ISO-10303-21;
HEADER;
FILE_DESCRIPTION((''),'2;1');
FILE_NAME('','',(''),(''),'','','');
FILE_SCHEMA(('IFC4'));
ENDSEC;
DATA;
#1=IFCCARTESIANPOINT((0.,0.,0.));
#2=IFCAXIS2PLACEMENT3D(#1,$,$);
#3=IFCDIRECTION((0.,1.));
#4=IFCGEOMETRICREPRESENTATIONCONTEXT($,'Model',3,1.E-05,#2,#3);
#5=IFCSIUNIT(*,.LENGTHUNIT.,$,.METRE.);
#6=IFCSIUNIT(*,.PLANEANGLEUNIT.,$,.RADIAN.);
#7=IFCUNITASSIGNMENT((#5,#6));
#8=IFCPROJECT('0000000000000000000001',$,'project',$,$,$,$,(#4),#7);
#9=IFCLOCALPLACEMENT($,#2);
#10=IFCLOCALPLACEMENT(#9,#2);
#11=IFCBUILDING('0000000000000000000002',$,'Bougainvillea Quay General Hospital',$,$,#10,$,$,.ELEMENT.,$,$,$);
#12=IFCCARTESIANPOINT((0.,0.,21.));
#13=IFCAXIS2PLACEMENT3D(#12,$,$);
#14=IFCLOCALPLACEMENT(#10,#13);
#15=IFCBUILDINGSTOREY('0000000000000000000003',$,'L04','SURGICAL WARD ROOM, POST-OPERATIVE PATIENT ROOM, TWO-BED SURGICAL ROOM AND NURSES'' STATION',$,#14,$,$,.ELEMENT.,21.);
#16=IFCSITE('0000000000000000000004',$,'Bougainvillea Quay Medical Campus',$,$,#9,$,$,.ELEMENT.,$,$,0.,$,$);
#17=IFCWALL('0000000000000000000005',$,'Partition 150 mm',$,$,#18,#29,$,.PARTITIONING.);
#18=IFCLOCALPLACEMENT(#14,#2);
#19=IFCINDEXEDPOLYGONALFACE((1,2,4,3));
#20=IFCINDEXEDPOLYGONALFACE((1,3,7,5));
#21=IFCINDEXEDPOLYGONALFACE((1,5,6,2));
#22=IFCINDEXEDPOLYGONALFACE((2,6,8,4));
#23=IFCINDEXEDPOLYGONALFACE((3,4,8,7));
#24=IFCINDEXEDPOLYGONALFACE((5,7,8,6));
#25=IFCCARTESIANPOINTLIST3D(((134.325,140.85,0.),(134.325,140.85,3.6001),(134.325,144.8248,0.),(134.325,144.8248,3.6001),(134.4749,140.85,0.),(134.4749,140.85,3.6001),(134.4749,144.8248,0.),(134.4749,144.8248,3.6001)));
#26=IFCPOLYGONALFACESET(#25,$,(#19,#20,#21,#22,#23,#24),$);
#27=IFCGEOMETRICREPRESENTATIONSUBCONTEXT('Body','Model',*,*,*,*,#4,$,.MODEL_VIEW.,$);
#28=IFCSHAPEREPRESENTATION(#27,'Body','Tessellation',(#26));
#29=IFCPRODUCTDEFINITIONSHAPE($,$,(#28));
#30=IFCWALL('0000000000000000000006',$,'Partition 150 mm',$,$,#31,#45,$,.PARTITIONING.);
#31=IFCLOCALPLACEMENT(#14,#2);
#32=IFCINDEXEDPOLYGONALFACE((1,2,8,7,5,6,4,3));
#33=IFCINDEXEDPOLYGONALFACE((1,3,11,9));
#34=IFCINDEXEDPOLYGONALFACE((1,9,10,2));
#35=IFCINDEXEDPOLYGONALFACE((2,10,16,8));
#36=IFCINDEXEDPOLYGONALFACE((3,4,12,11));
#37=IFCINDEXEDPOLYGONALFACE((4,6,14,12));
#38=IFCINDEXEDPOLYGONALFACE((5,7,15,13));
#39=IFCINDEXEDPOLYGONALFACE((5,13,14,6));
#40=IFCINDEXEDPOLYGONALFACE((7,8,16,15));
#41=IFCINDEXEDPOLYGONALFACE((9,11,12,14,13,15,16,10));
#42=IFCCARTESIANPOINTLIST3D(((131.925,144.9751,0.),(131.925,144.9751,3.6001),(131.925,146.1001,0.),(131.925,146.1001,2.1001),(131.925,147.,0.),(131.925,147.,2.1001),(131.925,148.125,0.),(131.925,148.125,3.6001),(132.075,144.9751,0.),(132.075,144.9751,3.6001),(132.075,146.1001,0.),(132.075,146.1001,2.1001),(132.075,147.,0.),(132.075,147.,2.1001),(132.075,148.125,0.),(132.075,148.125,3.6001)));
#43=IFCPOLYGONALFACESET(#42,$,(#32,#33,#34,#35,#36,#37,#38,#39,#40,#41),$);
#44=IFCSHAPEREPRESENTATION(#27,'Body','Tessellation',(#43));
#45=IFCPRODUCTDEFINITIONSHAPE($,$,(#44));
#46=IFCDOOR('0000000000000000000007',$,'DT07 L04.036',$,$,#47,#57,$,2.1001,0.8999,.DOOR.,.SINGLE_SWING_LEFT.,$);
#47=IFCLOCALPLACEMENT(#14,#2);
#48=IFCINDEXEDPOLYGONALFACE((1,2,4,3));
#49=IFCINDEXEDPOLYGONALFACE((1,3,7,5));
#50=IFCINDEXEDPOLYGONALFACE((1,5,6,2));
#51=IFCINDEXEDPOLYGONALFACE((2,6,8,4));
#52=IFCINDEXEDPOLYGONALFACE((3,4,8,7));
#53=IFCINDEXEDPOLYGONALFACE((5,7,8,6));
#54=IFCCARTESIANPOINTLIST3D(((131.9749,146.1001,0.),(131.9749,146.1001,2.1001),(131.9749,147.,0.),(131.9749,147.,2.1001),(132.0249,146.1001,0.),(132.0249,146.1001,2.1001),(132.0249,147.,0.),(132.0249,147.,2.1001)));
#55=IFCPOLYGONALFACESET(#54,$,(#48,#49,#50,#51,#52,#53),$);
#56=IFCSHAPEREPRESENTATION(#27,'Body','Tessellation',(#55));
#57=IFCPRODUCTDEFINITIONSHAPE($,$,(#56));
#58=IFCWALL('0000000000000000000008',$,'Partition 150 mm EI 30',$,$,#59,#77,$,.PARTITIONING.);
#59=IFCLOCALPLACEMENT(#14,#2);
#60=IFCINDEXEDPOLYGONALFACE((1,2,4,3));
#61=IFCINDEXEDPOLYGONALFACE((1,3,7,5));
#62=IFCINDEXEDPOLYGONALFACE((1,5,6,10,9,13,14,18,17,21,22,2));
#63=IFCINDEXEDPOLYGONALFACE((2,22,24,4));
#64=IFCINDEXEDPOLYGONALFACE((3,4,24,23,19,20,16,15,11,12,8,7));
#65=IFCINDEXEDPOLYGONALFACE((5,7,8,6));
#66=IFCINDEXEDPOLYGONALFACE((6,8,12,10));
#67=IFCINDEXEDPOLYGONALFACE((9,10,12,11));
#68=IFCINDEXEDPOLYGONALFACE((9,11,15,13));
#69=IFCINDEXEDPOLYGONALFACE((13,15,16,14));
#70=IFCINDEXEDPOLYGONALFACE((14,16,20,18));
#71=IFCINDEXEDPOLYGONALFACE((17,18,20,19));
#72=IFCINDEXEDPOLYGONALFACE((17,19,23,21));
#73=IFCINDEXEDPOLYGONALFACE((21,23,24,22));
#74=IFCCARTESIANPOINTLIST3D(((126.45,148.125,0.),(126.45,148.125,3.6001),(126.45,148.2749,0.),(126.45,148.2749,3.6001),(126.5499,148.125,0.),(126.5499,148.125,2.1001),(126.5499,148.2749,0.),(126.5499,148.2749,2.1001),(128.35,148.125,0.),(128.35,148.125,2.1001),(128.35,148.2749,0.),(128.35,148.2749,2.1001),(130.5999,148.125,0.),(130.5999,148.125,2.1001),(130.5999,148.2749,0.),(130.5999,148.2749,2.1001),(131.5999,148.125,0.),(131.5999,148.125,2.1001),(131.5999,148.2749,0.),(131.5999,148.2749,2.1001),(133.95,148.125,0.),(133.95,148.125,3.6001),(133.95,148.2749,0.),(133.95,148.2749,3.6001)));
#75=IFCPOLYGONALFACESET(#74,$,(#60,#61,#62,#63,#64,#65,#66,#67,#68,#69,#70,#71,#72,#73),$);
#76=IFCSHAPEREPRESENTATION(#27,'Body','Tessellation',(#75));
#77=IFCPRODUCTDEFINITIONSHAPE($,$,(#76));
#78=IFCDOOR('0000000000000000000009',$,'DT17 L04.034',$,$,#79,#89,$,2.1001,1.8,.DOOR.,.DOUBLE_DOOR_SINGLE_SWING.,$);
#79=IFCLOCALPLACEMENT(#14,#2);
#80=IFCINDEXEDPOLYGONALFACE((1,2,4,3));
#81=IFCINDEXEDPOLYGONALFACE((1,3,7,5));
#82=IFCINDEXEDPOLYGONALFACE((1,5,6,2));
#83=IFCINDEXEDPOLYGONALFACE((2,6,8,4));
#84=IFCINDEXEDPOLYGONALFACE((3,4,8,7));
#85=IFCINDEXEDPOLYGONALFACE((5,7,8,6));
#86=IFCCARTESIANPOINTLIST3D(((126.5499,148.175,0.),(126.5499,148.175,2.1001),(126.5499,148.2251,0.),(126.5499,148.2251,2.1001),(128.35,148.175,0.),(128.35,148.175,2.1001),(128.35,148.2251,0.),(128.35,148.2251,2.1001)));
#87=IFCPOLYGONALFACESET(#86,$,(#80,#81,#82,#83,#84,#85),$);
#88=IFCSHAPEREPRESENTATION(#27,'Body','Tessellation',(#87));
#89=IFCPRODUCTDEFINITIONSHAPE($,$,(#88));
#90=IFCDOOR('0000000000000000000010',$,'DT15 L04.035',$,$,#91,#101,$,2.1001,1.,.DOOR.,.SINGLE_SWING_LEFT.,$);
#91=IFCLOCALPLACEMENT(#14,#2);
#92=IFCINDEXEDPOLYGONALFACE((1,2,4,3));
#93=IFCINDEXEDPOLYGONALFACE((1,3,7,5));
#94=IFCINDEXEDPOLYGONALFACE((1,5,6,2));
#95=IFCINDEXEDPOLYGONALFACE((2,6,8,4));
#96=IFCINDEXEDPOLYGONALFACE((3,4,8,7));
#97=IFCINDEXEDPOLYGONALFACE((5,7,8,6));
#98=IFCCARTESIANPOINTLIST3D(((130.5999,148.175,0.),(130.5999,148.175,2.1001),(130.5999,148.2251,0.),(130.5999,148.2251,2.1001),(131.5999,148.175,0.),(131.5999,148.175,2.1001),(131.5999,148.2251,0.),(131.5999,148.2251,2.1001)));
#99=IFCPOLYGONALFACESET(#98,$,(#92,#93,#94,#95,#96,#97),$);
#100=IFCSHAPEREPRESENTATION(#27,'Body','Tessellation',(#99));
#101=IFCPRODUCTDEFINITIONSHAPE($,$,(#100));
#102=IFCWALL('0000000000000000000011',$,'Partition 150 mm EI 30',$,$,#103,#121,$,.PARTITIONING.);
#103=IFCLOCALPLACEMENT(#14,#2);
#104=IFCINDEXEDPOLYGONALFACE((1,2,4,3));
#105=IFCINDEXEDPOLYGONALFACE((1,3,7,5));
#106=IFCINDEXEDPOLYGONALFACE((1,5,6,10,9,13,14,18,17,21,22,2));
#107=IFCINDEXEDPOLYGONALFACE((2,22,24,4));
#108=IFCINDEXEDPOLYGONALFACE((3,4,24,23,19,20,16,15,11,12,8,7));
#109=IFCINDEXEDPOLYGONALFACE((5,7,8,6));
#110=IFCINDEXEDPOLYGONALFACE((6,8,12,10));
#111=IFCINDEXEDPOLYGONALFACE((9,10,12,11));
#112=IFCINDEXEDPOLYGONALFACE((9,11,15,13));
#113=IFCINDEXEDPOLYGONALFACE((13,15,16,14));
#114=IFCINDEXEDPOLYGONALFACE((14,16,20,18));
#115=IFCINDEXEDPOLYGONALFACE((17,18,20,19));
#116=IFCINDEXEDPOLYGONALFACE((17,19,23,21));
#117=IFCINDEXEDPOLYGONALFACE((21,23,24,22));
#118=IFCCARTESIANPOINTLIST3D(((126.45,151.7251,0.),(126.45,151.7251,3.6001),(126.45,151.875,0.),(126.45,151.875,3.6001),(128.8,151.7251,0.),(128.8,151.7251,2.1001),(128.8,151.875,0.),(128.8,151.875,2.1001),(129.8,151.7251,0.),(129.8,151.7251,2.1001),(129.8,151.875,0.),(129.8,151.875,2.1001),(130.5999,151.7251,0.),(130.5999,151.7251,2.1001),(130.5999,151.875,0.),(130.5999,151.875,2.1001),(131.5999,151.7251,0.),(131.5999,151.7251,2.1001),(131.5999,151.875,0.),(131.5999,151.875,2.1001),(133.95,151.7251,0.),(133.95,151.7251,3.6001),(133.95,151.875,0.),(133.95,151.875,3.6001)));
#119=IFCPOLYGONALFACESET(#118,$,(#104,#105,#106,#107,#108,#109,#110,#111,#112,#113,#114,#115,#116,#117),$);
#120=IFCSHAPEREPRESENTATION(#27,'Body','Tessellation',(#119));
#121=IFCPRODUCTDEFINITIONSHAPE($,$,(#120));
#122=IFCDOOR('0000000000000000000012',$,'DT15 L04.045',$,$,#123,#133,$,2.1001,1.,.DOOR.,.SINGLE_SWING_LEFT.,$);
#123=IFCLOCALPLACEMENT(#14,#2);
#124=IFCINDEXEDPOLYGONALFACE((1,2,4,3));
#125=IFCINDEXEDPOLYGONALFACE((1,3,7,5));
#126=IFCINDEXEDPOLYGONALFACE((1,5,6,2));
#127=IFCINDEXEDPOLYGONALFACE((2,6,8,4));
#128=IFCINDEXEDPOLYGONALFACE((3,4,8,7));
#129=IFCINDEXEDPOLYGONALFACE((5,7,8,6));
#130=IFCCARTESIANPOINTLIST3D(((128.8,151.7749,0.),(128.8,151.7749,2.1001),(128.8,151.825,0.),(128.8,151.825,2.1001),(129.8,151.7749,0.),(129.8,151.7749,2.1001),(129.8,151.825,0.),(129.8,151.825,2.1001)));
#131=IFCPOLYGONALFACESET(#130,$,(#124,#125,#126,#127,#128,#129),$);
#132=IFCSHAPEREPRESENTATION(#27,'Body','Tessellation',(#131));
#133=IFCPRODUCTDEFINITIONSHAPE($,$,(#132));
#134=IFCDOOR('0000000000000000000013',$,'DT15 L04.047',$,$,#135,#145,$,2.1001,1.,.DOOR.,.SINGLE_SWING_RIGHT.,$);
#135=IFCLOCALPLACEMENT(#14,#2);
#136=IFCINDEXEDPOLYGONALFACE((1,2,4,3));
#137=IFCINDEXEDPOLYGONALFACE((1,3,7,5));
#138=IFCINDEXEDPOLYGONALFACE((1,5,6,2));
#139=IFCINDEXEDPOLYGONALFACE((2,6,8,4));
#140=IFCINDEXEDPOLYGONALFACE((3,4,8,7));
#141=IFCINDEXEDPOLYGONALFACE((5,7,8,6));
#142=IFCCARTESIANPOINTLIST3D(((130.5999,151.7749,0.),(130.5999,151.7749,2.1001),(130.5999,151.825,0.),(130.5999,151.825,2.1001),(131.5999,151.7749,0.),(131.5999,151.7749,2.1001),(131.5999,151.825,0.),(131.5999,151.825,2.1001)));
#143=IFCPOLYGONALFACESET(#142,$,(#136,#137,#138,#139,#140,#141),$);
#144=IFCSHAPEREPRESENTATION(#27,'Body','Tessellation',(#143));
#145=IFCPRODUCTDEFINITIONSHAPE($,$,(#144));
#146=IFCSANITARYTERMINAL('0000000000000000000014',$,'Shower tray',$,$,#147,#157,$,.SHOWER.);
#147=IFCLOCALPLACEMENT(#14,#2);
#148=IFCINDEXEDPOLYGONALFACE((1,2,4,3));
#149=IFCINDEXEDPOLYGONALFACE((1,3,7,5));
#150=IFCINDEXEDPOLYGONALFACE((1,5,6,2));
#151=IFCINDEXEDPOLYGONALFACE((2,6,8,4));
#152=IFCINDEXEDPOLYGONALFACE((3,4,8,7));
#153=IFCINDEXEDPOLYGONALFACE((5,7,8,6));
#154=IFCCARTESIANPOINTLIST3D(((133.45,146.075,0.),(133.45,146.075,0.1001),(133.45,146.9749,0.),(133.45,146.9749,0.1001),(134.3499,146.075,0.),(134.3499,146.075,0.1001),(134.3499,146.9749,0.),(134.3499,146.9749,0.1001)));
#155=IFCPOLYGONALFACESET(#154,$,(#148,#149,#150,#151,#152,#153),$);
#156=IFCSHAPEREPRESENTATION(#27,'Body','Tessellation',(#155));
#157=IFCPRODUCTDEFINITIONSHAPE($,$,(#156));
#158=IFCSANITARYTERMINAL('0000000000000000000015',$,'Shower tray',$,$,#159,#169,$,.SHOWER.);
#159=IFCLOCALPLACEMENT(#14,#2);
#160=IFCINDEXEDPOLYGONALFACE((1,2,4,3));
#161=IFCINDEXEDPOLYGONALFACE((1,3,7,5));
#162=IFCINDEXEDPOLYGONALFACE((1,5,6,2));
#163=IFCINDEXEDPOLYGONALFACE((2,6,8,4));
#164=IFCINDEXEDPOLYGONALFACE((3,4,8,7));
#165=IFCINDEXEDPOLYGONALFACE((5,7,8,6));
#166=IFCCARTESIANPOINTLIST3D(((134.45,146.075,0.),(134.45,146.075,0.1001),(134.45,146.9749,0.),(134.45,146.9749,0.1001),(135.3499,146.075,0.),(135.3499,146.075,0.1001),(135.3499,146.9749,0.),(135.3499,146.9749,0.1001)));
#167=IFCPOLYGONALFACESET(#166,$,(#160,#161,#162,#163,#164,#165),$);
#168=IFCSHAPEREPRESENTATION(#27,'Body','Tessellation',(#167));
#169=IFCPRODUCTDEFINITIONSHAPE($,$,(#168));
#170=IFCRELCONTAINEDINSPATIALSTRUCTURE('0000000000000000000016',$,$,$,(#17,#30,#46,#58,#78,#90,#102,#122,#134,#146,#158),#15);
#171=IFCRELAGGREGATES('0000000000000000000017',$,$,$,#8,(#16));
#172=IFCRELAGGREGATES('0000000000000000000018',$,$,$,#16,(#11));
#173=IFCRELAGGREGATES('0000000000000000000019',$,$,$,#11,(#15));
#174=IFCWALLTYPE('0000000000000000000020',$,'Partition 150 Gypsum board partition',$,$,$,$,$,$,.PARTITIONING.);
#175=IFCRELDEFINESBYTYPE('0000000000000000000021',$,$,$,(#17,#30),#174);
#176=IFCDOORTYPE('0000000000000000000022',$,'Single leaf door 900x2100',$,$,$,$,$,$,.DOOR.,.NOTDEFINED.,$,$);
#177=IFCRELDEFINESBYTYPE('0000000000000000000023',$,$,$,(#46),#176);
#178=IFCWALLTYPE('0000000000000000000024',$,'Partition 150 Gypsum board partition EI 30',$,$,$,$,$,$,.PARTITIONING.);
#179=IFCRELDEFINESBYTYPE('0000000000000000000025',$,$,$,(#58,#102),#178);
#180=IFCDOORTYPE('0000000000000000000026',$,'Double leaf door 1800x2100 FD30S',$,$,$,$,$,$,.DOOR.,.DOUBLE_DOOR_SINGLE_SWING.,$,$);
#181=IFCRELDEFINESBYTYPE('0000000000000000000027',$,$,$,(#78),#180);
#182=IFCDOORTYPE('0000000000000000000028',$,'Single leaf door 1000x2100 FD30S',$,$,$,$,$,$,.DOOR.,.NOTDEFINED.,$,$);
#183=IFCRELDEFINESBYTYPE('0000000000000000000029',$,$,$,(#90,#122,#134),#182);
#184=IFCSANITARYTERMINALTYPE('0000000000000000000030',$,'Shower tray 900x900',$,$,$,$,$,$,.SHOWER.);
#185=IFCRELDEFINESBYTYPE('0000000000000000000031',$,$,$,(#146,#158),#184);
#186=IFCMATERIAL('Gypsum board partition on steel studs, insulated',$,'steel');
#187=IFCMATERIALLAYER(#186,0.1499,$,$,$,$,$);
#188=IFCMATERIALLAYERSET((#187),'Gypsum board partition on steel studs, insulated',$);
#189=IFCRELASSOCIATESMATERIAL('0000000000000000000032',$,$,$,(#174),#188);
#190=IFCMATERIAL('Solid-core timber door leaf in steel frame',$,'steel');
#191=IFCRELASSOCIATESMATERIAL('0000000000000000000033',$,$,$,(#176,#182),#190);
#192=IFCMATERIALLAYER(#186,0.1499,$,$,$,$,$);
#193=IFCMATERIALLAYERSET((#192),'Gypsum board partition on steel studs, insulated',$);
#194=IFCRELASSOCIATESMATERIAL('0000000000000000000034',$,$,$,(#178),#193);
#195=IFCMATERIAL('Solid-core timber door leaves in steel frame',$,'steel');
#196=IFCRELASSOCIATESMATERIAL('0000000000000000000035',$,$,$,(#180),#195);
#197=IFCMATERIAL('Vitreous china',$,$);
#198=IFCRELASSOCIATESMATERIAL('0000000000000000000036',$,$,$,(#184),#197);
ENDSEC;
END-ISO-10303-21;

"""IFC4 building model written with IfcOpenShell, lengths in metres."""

from ifc_helpers import new_model, si_unit, direction, frame, frame_2d, origin, origin_2d, place, context, subcontext, project, spatial, rectangle, extrude, material, layer, layer_set, type_object, element, fill, save


model = new_model("IFC4")

# Units and contexts
model_context = context("Model", 3, precision=1e-05, world=origin(), true_north=direction((0.0, 1.0)))
body_context = subcontext(model_context, "Body", "Model", "MODEL_VIEW")
ifc_project = project(units=[si_unit("LENGTHUNIT", "METRE"), si_unit("PLANEANGLEUNIT", "RADIAN")], contexts=[model_context])

# Site, building, storey
site_placement = place(None, origin())
site = spatial("IfcSite", under=ifc_project, at=site_placement, Name="Bougainvillea Quay Medical Campus", CompositionType="ELEMENT", RefElevation=0.0)
building_placement = place(site_placement, origin())
building = spatial("IfcBuilding", under=site, at=building_placement, Name="Bougainvillea Quay General Hospital", CompositionType="ELEMENT")
storey_placement = place(building_placement, frame((0.0, 0.0, 21.0)))
storey = spatial("IfcBuildingStorey", under=building, at=storey_placement, Name="L04", Description="SURGICAL WARD ROOM, POST-OPERATIVE PATIENT ROOM, TWO-BED SURGICAL ROOM AND NURSES' STATION", CompositionType="ELEMENT", Elevation=21.0)

# Wall
ifc_material_1 = material(Name="Gypsum board partition on steel studs, insulated", Category="steel")
ifc_layer_1 = layer(ifc_material_1, 0.1499)
ifc_layer_set_1 = layer_set([ifc_layer_1], Name="Gypsum board partition on steel studs, insulated")
wall_type_1 = type_object("IfcWallType", Name="Partition 150 Gypsum board partition", PredefinedType="PARTITIONING", material=ifc_layer_set_1)
wall_1_placement = place(storey_placement, frame((134.3999, 140.8501, 0.0), z_axis=(0.0, 0.0, 1.0), x_axis=(0.0, 1.0, 0.0)))
element("IfcWall", 1, at=wall_1_placement, inside=storey, type_object=wall_type_1, Name="Partition 150 mm", PredefinedType="PARTITIONING", context=body_context, shape_type="SweptSolid", body=[
    extrude(rectangle(XDim=3.9749, YDim=0.1499, at=frame_2d((1.9873, 0.0))), origin(), (0.0, 0.0, 1.0), 3.6001),
])

# Wall, opening, door
wall_2_placement = place(storey_placement, frame((132.0, 144.9751, 0.0), z_axis=(0.0, 0.0, 1.0), x_axis=(0.0, 1.0, 0.0)))
wall_2 = element("IfcWall", 2, at=wall_2_placement, inside=storey, type_object=wall_type_1, Name="Partition 150 mm", PredefinedType="PARTITIONING", context=body_context, shape_type="SweptSolid", body=[
    extrude(rectangle(XDim=3.1499, YDim=0.1499, at=frame_2d((1.575, 0.0))), origin(), (0.0, 0.0, 1.0), 3.6001),
])
opening_1_placement = place(wall_2_placement, frame((1.125, 0.0, 0.0)))
opening_1 = element("IfcOpeningElement", 3, at=opening_1_placement, cuts=wall_2, PredefinedType="OPENING", context=body_context, shape_type="SweptSolid", body=[
    extrude(rectangle(XDim=0.8999, YDim=2.1001, at=frame_2d((0.45, 1.05))), frame((0.0, 0.085, 0.0), z_axis=(0.0, -1.0, 0.0), x_axis=(1.0, 0.0, 0.0)), (0.0, 0.0, 1.0), 0.1699),
])
ifc_material_2 = material(Name="Solid-core timber door leaf in steel frame", Category="steel")
door_type_1 = type_object("IfcDoorType", Name="Single leaf door 900x2100", OperationType="NOTDEFINED", PredefinedType="DOOR", material=ifc_material_2)
door_1_placement = place(opening_1_placement, frame((0.8999, 0.0, 0.0), z_axis=(0.0, 0.0, 1.0), x_axis=(-1.0, 0.0, 0.0)))
door_1 = element("IfcDoor", 4, at=door_1_placement, inside=storey, type_object=door_type_1, Name="DT07 L04.036", OperationType="SINGLE_SWING_LEFT", OverallHeight=2.1001, OverallWidth=0.8999, PredefinedType="DOOR", context=body_context, shape_type="SweptSolid", body=[
    extrude(rectangle(XDim=0.8999, YDim=2.1001, at=frame_2d((0.45, 1.05))), frame((0.0, 0.0249, 0.0), z_axis=(0.0, -1.0, 0.0), x_axis=(1.0, 0.0, 0.0)), (0.0, 0.0, 1.0), 0.05),
])
fill(opening_1, door_1)

# Walls, openings, doors
ifc_layer_2 = layer(ifc_material_1, 0.1499)
ifc_layer_set_2 = layer_set([ifc_layer_2], Name="Gypsum board partition on steel studs, insulated")
wall_type_2 = type_object("IfcWallType", Name="Partition 150 Gypsum board partition EI 30", PredefinedType="PARTITIONING", material=ifc_layer_set_2)
wall_3_placement = place(storey_placement, frame((133.95, 148.2, 0.0), z_axis=(0.0, 0.0, 1.0), x_axis=(-1.0, 0.0, 0.0)))
wall_3 = element("IfcWall", 5, at=wall_3_placement, inside=storey, type_object=wall_type_2, Name="Partition 150 mm EI 30", PredefinedType="PARTITIONING", context=body_context, shape_type="SweptSolid", body=[
    extrude(rectangle(XDim=7.5, YDim=0.1499, at=frame_2d((3.75, 0.0))), origin(), (0.0, 0.0, 1.0), 3.6001),
])
opening_2_placement = place(wall_3_placement, frame((5.6001, 0.0, 0.0)))
opening_2 = element("IfcOpeningElement", 6, at=opening_2_placement, cuts=wall_3, PredefinedType="OPENING", context=body_context, shape_type="SweptSolid", body=[
    extrude(rectangle(XDim=1.8, YDim=2.1001, at=frame_2d((0.8999, 1.05))), frame((0.0, 0.085, 0.0), z_axis=(0.0, -1.0, 0.0), x_axis=(1.0, 0.0, 0.0)), (0.0, 0.0, 1.0), 0.1699),
])
opening_3_placement = place(wall_3_placement, frame((2.3501, 0.0, 0.0)))
opening_3 = element("IfcOpeningElement", 7, at=opening_3_placement, cuts=wall_3, PredefinedType="OPENING", context=body_context, shape_type="SweptSolid", body=[
    extrude(rectangle(XDim=1.0, YDim=2.1001, at=frame_2d((0.5, 1.05))), frame((0.0, 0.085, 0.0), z_axis=(0.0, -1.0, 0.0), x_axis=(1.0, 0.0, 0.0)), (0.0, 0.0, 1.0), 0.1699),
])
ifc_material_3 = material(Name="Solid-core timber door leaves in steel frame", Category="steel")
door_type_2 = type_object("IfcDoorType", Name="Double leaf door 1800x2100 FD30S", OperationType="DOUBLE_DOOR_SINGLE_SWING", PredefinedType="DOOR", material=ifc_material_3)
door_2_placement = place(opening_2_placement, origin())
door_2 = element("IfcDoor", 8, at=door_2_placement, inside=storey, type_object=door_type_2, Name="DT17 L04.034", OperationType="DOUBLE_DOOR_SINGLE_SWING", OverallHeight=2.1001, OverallWidth=1.8, PredefinedType="DOOR", context=body_context, shape_type="SweptSolid", body=[
    extrude(rectangle(XDim=1.8, YDim=2.1001, at=frame_2d((0.8999, 1.05))), frame((0.0, 0.0249, 0.0), z_axis=(0.0, -1.0, 0.0), x_axis=(1.0, 0.0, 0.0)), (0.0, 0.0, 1.0), 0.05),
])
fill(opening_2, door_2)
door_type_3 = type_object("IfcDoorType", Name="Single leaf door 1000x2100 FD30S", OperationType="NOTDEFINED", PredefinedType="DOOR", material=ifc_material_2)
door_3_placement = place(opening_3_placement, origin())
door_3 = element("IfcDoor", 9, at=door_3_placement, inside=storey, type_object=door_type_3, Name="DT15 L04.035", OperationType="SINGLE_SWING_LEFT", OverallHeight=2.1001, OverallWidth=1.0, PredefinedType="DOOR", context=body_context, shape_type="SweptSolid", body=[
    extrude(rectangle(XDim=1.0, YDim=2.1001, at=frame_2d((0.5, 1.05))), frame((0.0, 0.0249, 0.0), z_axis=(0.0, -1.0, 0.0), x_axis=(1.0, 0.0, 0.0)), (0.0, 0.0, 1.0), 0.05),
])
fill(opening_3, door_3)
wall_4_placement = place(storey_placement, frame((133.95, 151.8, 0.0), z_axis=(0.0, 0.0, 1.0), x_axis=(-1.0, 0.0, 0.0)))
wall_4 = element("IfcWall", 10, at=wall_4_placement, inside=storey, type_object=wall_type_2, Name="Partition 150 mm EI 30", PredefinedType="PARTITIONING", context=body_context, shape_type="SweptSolid", body=[
    extrude(rectangle(XDim=7.5, YDim=0.1499, at=frame_2d((3.75, 0.0))), origin(), (0.0, 0.0, 1.0), 3.6001),
])
opening_4_placement = place(wall_4_placement, frame((4.1499, 0.0, 0.0)))
opening_4 = element("IfcOpeningElement", 11, at=opening_4_placement, cuts=wall_4, PredefinedType="OPENING", context=body_context, shape_type="SweptSolid", body=[
    extrude(rectangle(XDim=1.0, YDim=2.1001, at=frame_2d((0.5, 1.05))), frame((0.0, 0.085, 0.0), z_axis=(0.0, -1.0, 0.0), x_axis=(1.0, 0.0, 0.0)), (0.0, 0.0, 1.0), 0.1699),
])
opening_5_placement = place(wall_4_placement, frame((2.3501, 0.0, 0.0)))
opening_5 = element("IfcOpeningElement", 12, at=opening_5_placement, cuts=wall_4, PredefinedType="OPENING", context=body_context, shape_type="SweptSolid", body=[
    extrude(rectangle(XDim=1.0, YDim=2.1001, at=frame_2d((0.5, 1.05))), frame((0.0, 0.085, 0.0), z_axis=(0.0, -1.0, 0.0), x_axis=(1.0, 0.0, 0.0)), (0.0, 0.0, 1.0), 0.1699),
])
door_4_placement = place(opening_4_placement, frame((1.0, 0.0, 0.0), z_axis=(0.0, 0.0, 1.0), x_axis=(-1.0, 0.0, 0.0)))
door_4 = element("IfcDoor", 13, at=door_4_placement, inside=storey, type_object=door_type_3, Name="DT15 L04.045", OperationType="SINGLE_SWING_LEFT", OverallHeight=2.1001, OverallWidth=1.0, PredefinedType="DOOR", context=body_context, shape_type="SweptSolid", body=[
    extrude(rectangle(XDim=1.0, YDim=2.1001, at=frame_2d((0.5, 1.05))), frame((0.0, 0.0249, 0.0), z_axis=(0.0, -1.0, 0.0), x_axis=(1.0, 0.0, 0.0)), (0.0, 0.0, 1.0), 0.05),
])
fill(opening_4, door_4)
door_5_placement = place(opening_5_placement, frame((1.0, 0.0, 0.0), z_axis=(0.0, 0.0, 1.0), x_axis=(-1.0, 0.0, 0.0)))
door_5 = element("IfcDoor", 14, at=door_5_placement, inside=storey, type_object=door_type_3, Name="DT15 L04.047", OperationType="SINGLE_SWING_RIGHT", OverallHeight=2.1001, OverallWidth=1.0, PredefinedType="DOOR", context=body_context, shape_type="SweptSolid", body=[
    extrude(rectangle(XDim=1.0, YDim=2.1001, at=frame_2d((0.5, 1.05))), frame((0.0, 0.0249, 0.0), z_axis=(0.0, -1.0, 0.0), x_axis=(1.0, 0.0, 0.0)), (0.0, 0.0, 1.0), 0.05),
])
fill(opening_5, door_5)

# Sanitary terminals
ifc_material_4 = material(Name="Vitreous china")
sanitary_terminal_type_1 = type_object("IfcSanitaryTerminalType", Name="Shower tray 900x900", PredefinedType="SHOWER", material=ifc_material_4)
for number, where, z_axis, x_axis, name in (
    (15, (133.8999, 146.5249, 0.0), (0.0, 0.0, 1.0), (0.0, -1.0, 0.0), "Shower tray"),
    (16, (134.8999, 146.5249, 0.0), (0.0, 0.0, 1.0), (0.0, 1.0, 0.0), "Shower tray"),
):
    element("IfcSanitaryTerminal", number, at=place(storey_placement, frame(where, z_axis=z_axis, x_axis=x_axis)), inside=storey, type_object=sanitary_terminal_type_1, Name=name, PredefinedType="SHOWER", context=body_context, shape_type="SweptSolid", body=[
        extrude(rectangle(XDim=0.8999, YDim=0.8999, at=origin_2d()), origin(), (0.0, 0.0, 1.0), 0.1001),
    ])

save(model, "model.ifc")
